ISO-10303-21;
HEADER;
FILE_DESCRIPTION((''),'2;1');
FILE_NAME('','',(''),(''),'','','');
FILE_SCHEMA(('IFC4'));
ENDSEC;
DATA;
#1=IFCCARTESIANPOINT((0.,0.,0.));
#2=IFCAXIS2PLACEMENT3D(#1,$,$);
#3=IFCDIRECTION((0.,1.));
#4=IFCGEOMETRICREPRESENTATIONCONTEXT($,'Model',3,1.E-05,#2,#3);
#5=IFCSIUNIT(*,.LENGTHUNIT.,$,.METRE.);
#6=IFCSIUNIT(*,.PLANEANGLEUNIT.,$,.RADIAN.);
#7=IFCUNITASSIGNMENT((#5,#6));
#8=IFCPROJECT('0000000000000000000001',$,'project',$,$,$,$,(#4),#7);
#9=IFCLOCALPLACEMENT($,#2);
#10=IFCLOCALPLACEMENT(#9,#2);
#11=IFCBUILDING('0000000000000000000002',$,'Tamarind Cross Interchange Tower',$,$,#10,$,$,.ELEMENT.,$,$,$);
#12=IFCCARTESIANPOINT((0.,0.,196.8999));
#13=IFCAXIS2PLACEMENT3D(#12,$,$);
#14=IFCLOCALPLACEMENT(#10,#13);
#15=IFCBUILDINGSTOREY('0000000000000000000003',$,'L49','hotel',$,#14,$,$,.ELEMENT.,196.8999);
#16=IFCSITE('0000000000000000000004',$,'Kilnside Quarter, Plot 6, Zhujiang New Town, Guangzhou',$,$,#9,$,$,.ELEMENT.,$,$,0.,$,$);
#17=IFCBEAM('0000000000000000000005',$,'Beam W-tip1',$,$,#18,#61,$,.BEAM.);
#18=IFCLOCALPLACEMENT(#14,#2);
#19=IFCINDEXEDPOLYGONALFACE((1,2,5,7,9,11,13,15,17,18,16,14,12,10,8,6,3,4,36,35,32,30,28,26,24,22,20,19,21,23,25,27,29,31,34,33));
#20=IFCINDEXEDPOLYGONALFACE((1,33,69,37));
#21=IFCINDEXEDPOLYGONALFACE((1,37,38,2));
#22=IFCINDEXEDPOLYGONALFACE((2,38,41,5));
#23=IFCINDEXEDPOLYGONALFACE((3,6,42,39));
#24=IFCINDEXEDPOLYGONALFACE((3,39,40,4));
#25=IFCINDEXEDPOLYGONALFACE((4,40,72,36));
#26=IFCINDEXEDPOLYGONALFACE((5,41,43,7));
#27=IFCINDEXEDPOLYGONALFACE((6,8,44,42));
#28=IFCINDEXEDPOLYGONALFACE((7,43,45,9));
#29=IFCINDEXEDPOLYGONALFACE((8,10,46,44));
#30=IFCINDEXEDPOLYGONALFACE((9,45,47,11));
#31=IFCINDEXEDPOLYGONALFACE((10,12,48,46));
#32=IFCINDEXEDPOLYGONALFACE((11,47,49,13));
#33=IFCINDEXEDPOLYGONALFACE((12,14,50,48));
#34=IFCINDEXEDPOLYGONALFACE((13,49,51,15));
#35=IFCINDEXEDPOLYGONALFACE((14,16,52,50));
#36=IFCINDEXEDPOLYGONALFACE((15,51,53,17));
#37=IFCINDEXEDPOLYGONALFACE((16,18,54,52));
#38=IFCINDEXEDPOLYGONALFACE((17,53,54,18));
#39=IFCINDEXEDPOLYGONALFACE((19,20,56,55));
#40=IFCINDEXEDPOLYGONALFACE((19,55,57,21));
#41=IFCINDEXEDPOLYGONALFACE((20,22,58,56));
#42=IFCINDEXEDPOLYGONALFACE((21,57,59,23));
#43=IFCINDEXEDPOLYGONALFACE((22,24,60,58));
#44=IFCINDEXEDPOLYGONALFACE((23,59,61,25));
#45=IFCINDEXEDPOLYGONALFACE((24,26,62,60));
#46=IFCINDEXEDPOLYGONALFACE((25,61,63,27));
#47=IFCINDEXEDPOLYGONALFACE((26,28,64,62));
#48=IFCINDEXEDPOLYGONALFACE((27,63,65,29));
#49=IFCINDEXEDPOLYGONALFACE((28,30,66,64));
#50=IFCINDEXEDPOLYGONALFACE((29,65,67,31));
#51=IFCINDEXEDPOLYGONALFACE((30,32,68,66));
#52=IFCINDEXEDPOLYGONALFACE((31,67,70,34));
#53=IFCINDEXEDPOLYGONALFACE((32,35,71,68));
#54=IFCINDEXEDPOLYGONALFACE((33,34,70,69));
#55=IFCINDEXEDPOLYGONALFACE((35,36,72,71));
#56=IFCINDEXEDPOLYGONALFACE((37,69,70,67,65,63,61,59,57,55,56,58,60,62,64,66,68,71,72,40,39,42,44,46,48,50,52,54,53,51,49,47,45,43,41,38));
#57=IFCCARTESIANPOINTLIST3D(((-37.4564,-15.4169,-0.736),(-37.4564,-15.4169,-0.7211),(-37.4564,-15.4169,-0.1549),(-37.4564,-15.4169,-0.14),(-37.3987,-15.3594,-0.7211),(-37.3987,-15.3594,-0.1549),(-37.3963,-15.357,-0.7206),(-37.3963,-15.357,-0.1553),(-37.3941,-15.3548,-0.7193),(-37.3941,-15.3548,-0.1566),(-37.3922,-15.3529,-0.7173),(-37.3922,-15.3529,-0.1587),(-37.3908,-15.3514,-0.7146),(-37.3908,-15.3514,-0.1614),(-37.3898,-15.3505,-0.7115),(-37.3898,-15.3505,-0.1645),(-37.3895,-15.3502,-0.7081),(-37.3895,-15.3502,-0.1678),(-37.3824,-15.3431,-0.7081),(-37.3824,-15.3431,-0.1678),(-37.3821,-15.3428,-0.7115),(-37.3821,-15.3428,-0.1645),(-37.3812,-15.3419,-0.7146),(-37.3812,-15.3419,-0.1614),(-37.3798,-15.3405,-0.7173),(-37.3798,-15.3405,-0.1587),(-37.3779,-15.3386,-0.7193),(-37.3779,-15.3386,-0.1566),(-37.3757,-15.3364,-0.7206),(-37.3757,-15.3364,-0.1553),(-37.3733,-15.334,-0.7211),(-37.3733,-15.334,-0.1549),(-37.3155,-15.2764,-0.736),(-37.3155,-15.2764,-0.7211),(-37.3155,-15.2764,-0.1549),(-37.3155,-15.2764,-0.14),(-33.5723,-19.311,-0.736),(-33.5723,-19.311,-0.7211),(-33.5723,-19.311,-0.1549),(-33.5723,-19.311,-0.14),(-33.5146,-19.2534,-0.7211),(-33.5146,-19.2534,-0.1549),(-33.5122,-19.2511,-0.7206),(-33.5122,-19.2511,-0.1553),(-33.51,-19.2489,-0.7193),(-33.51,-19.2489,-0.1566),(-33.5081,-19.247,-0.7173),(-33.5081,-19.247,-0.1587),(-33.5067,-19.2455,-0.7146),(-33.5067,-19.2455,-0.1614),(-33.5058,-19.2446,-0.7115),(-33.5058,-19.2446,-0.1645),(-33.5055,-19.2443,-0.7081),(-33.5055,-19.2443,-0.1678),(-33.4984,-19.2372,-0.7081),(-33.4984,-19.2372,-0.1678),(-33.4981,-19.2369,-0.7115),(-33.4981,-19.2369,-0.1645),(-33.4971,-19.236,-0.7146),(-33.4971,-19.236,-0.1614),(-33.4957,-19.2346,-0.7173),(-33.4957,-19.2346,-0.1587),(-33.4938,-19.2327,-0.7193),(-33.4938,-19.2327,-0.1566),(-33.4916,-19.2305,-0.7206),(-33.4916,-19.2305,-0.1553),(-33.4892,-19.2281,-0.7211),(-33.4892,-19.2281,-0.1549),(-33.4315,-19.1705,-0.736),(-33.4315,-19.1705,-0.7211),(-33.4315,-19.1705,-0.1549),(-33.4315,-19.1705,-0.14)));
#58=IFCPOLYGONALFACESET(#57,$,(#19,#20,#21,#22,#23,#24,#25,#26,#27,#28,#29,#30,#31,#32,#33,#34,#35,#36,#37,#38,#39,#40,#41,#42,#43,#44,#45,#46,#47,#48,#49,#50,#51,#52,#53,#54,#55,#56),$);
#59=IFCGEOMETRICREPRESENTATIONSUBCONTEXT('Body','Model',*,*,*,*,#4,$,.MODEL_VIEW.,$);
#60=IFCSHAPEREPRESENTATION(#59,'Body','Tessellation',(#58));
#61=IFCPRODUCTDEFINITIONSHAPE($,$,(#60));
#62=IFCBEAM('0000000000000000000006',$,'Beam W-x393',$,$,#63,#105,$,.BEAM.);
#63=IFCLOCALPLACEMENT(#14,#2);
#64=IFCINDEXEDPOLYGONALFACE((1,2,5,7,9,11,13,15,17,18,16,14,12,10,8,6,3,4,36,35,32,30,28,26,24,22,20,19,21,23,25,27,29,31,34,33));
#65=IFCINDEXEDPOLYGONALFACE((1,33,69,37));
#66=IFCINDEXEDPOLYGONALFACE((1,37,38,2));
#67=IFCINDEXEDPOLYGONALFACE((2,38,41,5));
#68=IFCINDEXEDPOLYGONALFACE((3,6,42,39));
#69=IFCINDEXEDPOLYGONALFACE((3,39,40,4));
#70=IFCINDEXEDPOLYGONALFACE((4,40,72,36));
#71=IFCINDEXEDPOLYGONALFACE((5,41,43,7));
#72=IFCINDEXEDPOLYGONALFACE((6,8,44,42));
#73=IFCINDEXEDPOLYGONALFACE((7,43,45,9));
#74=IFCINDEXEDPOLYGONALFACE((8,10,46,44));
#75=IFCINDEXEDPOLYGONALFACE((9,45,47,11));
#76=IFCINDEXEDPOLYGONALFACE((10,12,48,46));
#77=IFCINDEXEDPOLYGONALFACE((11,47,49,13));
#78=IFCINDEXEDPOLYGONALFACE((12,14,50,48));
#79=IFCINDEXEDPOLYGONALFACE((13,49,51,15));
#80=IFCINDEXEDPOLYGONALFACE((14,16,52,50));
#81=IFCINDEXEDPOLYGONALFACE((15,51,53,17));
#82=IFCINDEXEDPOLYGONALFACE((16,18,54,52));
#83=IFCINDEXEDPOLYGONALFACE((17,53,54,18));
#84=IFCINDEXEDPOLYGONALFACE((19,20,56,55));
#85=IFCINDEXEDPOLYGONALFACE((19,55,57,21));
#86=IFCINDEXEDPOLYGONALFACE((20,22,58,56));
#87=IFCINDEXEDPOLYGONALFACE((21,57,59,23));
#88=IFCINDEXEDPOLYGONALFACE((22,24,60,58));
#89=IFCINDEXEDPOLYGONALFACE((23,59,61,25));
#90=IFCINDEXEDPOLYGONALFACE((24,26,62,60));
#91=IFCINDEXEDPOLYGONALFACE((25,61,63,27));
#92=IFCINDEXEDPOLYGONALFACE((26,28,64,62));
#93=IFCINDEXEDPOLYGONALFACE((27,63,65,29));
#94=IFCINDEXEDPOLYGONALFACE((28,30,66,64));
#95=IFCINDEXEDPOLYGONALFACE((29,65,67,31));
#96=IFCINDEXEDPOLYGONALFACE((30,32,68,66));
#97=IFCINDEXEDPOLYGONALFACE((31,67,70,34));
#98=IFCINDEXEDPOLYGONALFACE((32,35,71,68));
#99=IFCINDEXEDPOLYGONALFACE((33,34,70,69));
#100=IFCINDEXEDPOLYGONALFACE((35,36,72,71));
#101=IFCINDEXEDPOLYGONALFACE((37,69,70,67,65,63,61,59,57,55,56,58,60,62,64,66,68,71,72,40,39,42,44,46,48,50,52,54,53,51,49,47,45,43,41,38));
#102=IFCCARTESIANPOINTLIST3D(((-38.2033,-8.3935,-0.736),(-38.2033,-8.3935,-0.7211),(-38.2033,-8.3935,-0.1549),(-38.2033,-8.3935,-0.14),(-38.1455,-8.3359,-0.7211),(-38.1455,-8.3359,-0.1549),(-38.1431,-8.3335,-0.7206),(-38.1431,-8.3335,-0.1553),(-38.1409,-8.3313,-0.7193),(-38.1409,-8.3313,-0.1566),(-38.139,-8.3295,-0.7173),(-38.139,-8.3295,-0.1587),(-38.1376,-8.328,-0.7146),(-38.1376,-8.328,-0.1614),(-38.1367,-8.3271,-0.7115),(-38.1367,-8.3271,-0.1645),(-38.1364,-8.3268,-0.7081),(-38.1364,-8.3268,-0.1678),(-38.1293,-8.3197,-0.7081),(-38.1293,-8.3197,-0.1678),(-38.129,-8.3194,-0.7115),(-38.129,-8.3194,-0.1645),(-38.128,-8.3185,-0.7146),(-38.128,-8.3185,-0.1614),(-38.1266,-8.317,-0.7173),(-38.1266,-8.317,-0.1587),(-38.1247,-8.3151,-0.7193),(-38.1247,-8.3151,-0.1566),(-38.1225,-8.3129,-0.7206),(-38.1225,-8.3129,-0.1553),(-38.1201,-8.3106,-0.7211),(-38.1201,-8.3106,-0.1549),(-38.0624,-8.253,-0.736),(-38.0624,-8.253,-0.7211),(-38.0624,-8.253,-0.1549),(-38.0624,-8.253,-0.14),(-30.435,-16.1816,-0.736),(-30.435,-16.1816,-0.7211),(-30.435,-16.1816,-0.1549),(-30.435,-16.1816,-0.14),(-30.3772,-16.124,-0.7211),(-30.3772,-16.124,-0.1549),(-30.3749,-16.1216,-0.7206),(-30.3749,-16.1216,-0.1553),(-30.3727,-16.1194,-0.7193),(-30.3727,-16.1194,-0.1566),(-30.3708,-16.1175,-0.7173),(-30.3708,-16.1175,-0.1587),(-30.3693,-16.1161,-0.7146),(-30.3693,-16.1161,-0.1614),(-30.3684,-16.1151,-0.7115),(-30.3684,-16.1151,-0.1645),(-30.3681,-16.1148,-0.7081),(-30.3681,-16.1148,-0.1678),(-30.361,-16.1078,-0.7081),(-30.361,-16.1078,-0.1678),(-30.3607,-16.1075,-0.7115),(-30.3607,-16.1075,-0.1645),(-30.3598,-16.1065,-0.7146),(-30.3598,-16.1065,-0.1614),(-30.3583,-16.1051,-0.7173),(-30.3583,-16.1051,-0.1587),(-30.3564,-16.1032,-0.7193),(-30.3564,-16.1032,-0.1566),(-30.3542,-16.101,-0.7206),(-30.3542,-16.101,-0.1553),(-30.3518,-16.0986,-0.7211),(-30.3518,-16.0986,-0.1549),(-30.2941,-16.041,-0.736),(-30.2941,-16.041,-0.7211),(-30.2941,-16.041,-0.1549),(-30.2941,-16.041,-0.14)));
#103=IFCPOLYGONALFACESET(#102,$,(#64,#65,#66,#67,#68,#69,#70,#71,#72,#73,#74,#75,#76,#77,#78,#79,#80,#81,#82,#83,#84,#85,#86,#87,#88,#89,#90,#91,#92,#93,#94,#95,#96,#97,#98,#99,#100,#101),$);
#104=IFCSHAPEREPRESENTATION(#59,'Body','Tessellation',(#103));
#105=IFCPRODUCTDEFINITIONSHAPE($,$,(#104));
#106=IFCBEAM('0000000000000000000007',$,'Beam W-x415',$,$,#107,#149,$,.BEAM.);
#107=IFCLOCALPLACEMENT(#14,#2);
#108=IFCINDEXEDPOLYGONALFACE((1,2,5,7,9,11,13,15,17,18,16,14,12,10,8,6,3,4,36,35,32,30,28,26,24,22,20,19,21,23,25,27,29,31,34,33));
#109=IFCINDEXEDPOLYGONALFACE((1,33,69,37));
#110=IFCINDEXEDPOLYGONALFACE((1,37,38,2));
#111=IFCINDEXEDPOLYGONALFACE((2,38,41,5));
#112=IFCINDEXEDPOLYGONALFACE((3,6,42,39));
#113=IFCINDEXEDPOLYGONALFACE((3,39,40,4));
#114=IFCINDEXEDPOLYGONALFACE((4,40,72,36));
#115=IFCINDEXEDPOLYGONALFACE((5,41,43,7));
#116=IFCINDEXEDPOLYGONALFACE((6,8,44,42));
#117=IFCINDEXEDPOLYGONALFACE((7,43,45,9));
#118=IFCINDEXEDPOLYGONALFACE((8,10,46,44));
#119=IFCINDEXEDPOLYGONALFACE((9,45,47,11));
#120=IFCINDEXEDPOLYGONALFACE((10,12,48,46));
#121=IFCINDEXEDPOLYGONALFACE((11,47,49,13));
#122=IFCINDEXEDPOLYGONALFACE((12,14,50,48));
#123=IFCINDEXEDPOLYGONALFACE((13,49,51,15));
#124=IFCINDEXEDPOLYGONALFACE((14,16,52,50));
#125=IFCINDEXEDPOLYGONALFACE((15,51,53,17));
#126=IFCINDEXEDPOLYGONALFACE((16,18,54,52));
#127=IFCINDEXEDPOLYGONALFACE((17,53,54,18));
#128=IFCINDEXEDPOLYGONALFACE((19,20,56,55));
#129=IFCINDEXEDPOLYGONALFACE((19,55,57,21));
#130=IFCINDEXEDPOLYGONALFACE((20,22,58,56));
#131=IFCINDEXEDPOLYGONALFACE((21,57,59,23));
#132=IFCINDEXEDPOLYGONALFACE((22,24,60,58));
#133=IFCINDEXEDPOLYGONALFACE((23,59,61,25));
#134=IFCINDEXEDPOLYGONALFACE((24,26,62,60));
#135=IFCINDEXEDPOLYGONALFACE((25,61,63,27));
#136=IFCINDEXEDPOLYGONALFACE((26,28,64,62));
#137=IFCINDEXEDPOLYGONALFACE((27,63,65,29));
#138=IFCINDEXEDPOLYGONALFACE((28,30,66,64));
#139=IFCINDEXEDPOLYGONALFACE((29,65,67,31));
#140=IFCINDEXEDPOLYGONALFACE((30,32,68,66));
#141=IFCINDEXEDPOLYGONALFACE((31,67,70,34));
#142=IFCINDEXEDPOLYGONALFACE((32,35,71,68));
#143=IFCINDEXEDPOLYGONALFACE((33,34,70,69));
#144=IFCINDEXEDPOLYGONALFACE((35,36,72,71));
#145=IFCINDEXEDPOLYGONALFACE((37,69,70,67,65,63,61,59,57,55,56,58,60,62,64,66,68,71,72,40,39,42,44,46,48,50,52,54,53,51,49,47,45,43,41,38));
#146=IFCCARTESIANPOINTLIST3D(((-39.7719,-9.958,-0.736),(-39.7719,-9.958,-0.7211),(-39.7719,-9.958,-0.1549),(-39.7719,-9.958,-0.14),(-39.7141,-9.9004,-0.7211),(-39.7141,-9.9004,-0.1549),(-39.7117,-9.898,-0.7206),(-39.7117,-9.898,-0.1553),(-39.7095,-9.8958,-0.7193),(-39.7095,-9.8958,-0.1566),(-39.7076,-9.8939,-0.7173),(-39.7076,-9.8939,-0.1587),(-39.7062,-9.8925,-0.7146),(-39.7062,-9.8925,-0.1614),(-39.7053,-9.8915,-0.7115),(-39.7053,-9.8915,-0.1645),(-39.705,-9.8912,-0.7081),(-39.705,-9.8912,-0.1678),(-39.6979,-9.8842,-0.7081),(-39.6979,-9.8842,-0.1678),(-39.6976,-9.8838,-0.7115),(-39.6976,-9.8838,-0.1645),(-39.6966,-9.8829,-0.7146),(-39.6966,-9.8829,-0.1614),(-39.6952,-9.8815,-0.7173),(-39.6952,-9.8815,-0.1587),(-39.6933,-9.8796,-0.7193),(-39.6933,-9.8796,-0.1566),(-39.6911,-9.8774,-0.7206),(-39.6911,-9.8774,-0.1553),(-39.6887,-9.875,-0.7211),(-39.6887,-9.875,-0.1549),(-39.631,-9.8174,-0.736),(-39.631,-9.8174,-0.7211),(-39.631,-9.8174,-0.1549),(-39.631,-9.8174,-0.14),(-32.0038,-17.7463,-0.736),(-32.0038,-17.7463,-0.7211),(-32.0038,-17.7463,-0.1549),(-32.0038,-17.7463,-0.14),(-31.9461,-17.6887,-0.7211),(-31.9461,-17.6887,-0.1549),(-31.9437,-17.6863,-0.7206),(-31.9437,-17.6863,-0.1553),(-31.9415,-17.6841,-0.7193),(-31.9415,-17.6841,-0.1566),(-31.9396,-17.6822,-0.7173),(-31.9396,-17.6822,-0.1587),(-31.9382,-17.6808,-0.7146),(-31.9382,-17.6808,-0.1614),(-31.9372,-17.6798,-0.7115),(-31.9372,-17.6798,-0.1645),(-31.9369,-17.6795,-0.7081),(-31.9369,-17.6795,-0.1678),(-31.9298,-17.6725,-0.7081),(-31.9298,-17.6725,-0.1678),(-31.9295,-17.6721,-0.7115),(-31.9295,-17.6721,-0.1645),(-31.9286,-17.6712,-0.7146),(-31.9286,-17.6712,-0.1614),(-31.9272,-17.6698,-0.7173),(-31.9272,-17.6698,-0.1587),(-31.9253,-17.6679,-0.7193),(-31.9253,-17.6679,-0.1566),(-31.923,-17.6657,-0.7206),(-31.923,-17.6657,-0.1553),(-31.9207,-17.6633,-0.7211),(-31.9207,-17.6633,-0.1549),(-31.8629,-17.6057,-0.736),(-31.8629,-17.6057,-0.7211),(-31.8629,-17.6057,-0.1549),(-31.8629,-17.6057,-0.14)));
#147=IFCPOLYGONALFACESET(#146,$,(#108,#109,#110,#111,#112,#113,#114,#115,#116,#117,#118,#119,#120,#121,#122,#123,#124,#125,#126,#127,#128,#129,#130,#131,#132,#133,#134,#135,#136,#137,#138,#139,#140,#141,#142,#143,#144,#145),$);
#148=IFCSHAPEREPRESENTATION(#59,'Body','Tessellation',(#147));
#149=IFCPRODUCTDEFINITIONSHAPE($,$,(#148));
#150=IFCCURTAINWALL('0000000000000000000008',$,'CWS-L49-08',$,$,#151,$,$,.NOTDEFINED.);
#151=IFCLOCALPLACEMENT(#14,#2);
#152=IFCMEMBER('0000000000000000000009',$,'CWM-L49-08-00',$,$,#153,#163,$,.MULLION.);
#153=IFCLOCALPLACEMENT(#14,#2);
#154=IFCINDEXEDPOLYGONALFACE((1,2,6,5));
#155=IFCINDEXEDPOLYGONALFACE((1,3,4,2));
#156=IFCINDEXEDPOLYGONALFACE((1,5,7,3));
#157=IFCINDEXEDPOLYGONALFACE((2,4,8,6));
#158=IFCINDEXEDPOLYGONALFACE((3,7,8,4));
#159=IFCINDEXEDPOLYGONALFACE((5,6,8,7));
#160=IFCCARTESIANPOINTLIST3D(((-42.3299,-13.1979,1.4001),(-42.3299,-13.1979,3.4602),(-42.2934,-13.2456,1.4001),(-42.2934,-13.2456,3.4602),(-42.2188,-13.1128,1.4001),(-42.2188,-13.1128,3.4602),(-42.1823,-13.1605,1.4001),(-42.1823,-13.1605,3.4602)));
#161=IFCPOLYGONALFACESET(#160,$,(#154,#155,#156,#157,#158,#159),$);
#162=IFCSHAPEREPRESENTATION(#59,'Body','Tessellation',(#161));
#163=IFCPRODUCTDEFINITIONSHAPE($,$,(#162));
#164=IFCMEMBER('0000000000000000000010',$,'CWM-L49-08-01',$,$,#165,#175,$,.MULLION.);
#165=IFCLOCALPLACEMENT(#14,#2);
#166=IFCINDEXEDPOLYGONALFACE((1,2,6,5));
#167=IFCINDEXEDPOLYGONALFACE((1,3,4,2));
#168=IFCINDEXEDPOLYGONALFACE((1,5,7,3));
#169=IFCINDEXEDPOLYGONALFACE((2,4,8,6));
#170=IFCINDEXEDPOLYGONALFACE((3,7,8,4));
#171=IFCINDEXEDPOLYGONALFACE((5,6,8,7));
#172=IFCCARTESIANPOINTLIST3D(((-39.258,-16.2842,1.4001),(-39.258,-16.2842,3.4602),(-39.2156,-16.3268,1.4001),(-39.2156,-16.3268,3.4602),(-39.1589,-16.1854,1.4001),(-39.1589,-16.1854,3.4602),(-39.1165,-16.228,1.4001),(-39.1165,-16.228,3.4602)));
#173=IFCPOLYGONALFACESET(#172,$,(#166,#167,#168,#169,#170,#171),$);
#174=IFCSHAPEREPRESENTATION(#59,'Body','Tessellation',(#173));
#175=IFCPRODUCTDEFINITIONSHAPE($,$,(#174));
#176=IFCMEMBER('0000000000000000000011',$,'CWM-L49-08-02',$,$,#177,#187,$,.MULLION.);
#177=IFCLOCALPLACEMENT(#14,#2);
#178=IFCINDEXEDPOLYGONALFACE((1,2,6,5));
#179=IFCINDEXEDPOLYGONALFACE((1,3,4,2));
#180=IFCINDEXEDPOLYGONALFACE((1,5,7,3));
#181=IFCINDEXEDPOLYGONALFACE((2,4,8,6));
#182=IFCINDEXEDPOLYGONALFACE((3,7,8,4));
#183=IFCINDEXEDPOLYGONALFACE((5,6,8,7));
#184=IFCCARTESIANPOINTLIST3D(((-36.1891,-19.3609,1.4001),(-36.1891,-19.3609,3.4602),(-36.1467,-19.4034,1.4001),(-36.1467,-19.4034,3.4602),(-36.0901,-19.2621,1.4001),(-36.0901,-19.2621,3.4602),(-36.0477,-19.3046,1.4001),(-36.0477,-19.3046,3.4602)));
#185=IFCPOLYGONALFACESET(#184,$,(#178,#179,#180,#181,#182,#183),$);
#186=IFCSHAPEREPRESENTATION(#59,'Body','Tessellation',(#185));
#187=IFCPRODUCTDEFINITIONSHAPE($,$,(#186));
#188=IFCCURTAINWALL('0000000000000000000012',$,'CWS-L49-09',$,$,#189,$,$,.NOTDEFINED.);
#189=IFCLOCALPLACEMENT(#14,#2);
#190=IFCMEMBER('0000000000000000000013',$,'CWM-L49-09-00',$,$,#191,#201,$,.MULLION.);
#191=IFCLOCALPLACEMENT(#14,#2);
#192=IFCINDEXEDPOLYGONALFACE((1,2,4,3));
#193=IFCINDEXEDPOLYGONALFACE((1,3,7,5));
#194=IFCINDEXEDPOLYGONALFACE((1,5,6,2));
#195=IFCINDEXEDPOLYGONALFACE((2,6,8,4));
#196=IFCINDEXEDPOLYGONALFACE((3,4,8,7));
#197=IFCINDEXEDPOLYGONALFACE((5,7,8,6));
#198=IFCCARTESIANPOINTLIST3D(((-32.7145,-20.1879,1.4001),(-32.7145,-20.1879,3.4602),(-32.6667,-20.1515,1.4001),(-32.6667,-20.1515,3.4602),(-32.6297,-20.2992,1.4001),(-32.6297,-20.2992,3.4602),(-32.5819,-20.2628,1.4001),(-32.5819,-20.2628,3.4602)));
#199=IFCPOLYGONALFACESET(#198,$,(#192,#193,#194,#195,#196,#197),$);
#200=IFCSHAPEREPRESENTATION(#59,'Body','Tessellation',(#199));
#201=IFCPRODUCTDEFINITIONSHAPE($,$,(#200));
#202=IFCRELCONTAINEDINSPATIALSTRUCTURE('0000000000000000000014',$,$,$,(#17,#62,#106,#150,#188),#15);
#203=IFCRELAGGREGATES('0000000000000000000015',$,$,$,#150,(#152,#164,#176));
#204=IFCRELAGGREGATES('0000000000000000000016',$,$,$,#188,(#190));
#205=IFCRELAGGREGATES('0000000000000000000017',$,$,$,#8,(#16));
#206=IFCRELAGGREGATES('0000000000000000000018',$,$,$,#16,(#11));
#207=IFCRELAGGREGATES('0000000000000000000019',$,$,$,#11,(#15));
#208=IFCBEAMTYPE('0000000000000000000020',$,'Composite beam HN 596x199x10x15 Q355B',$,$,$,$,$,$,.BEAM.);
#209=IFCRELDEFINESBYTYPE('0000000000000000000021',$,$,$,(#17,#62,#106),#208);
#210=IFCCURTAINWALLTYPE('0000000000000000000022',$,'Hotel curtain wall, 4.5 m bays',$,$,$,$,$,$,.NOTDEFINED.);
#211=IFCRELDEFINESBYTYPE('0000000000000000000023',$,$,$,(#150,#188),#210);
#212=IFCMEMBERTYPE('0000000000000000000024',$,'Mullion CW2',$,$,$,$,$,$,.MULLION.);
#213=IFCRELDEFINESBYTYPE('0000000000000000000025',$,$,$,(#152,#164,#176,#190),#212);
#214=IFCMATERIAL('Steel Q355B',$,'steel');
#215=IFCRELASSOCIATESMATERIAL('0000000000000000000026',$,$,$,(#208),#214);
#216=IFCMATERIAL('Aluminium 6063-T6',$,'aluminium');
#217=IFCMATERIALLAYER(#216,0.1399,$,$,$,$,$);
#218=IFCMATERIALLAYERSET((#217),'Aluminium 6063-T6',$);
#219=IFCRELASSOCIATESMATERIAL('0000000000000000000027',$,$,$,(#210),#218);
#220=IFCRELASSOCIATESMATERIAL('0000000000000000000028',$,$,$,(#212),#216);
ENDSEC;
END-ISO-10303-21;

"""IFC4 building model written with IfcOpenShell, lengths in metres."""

from ifc_helpers import new_model, si_unit, direction, frame, origin, origin_2d, place, context, subcontext, project, spatial, rectangle, i_section, extrude, material, layer, layer_set, material_profile, profile_set, type_object, element, aggregate, save


model = new_model("IFC4")

# Units and contexts
model_context = context("Model", 3, precision=1e-05, world=origin(), true_north=direction((0.0, 1.0)))
body_context = subcontext(model_context, "Body", "Model", "MODEL_VIEW")
ifc_project = project(units=[si_unit("LENGTHUNIT", "METRE"), si_unit("PLANEANGLEUNIT", "RADIAN")], contexts=[model_context])

# Site, building, storey
site_placement = place(None, origin())
site = spatial("IfcSite", under=ifc_project, at=site_placement, Name="Kilnside Quarter, Plot 6, Zhujiang New Town, Guangzhou", CompositionType="ELEMENT", RefElevation=0.0)
building_placement = place(site_placement, origin())
building = spatial("IfcBuilding", under=site, at=building_placement, Name="Tamarind Cross Interchange Tower", CompositionType="ELEMENT")
storey_placement = place(building_placement, frame((0.0, 0.0, 196.8999)))
storey = spatial("IfcBuildingStorey", under=building, at=storey_placement, Name="L49", Description="hotel", CompositionType="ELEMENT", Elevation=196.8999)

# Beams
ifc_material_1 = material(Name="Steel Q355B", Category="steel")
ifc_material_profile_1 = material_profile(ifc_material_1, i_section(OverallWidth=0.199, OverallDepth=0.5959, WebThickness=0.01, FlangeThickness=0.0149, FilletRadius=0.0129, at=origin_2d()), Name="HN 596x199x10x15")
ifc_profile_set_1 = profile_set([ifc_material_profile_1], Name="Steel Q355B")
beam_type_1 = type_object("IfcBeamType", Name="Composite beam HN 596x199x10x15 Q355B", PredefinedType="BEAM", material=ifc_profile_set_1)
for number, where, z_axis, x_axis, name in (
    (1, (-37.386, -15.3467, -0.438), (0.706196, -0.708016, 0.0), (0.708016, 0.706196, 0.0), "Beam W-tip1"),
):
    element("IfcBeam", number, at=place(storey_placement, frame(where, z_axis=z_axis, x_axis=x_axis)), inside=storey, type_object=beam_type_1, Name=name, PredefinedType="BEAM", context=body_context, shape_type="SweptSolid", body=[
        extrude(i_section(OverallWidth=0.199, OverallDepth=0.5959, WebThickness=0.01, FlangeThickness=0.0149, FilletRadius=0.0129, at=origin_2d()), origin(), (0.0, 0.0, 1.0), 5.5),
    ])
for number, where, z_axis, x_axis, name in (
    (2, (-38.1328, -8.3232, -0.438), (0.706207, -0.708005, 0.0), (0.708005, 0.706207, 0.0), "Beam W-x393"),
    (3, (-39.7014, -9.8877, -0.438), (0.706185, -0.708027, 0.0), (0.708027, 0.706185, 0.0), "Beam W-x415"),
):
    element("IfcBeam", number, at=place(storey_placement, frame(where, z_axis=z_axis, x_axis=x_axis)), inside=storey, type_object=beam_type_1, Name=name, PredefinedType="BEAM", context=body_context, shape_type="SweptSolid", body=[
        extrude(i_section(OverallWidth=0.199, OverallDepth=0.5959, WebThickness=0.01, FlangeThickness=0.0149, FilletRadius=0.0129, at=origin_2d()), origin(), (0.0, 0.0, 1.0), 11.0),
    ])

# Curtain walls, members
ifc_material_2 = material(Name="Aluminium 6063-T6", Category="aluminium")
ifc_layer_1 = layer(ifc_material_2, 0.1399)
ifc_layer_set_1 = layer_set([ifc_layer_1], Name="Aluminium 6063-T6")
curtain_wall_type = type_object("IfcCurtainWallType", Name="Hotel curtain wall, 4.5 m bays", PredefinedType="NOTDEFINED", material=ifc_layer_set_1)
curtain_wall_1_placement = place(storey_placement, origin())
curtain_wall_1 = element("IfcCurtainWall", 4, at=curtain_wall_1_placement, inside=storey, type_object=curtain_wall_type, Name="CWS-L49-08", PredefinedType="NOTDEFINED")
ifc_material_profile_2 = material_profile(ifc_material_2, rectangle(XDim=0.0601, YDim=0.1399, at=origin_2d()), Name="Mullion CW2")
ifc_profile_set_2 = profile_set([ifc_material_profile_2], Name="Aluminium 6063-T6")
member_type = type_object("IfcMemberType", Name="Mullion CW2", PredefinedType="MULLION", material=ifc_profile_set_2)
member_1_placement = place(storey_placement, frame((-42.2561, -13.1792, 1.4001), z_axis=(0.0, 0.0, 1.0), x_axis=(0.607742, -0.794135, 0.0)))
member_1 = element("IfcMember", 5, at=member_1_placement, type_object=member_type, Name="CWM-L49-08-00", PredefinedType="MULLION", context=body_context, shape_type="SweptSolid", body=[
    extrude(rectangle(XDim=0.0601, YDim=0.1399, at=origin_2d()), origin(), (0.0, 0.0, 1.0), 2.0601),
])
member_2_placement = place(storey_placement, frame((-39.1873, -16.2561, 1.4001), z_axis=(0.0, 0.0, 1.0), x_axis=(0.706198, -0.708015, 0.0)))
member_2 = element("IfcMember", 6, at=member_2_placement, type_object=member_type, Name="CWM-L49-08-01", PredefinedType="MULLION", context=body_context, shape_type="SweptSolid", body=[
    extrude(rectangle(XDim=0.0601, YDim=0.1399, at=origin_2d()), origin(), (0.0, 0.0, 1.0), 2.0601),
])
member_3_placement = place(storey_placement, frame((-36.1184, -19.3328, 1.4001), z_axis=(0.0, 0.0, 1.0), x_axis=(0.706198, -0.708015, 0.0)))
member_3 = element("IfcMember", 7, at=member_3_placement, type_object=member_type, Name="CWM-L49-08-02", PredefinedType="MULLION", context=body_context, shape_type="SweptSolid", body=[
    extrude(rectangle(XDim=0.0601, YDim=0.1399, at=origin_2d()), origin(), (0.0, 0.0, 1.0), 2.0601),
])
aggregate(curtain_wall_1, [member_1, member_2, member_3])
curtain_wall_2_placement = place(storey_placement, origin())
curtain_wall_2 = element("IfcCurtainWall", 8, at=curtain_wall_2_placement, inside=storey, type_object=curtain_wall_type, Name="CWS-L49-09", PredefinedType="NOTDEFINED")
member_4_placement = place(storey_placement, frame((-32.6482, -20.2253, 1.4001), z_axis=(0.0, 0.0, 1.0), x_axis=(0.795313, 0.606199, 0.0)))
member_4 = element("IfcMember", 9, at=member_4_placement, type_object=member_type, Name="CWM-L49-09-00", PredefinedType="MULLION", context=body_context, shape_type="SweptSolid", body=[
    extrude(rectangle(XDim=0.0601, YDim=0.1399, at=origin_2d()), origin(), (0.0, 0.0, 1.0), 2.0601),
])
aggregate(curtain_wall_2, [member_4])

save(model, "model.ifc")
